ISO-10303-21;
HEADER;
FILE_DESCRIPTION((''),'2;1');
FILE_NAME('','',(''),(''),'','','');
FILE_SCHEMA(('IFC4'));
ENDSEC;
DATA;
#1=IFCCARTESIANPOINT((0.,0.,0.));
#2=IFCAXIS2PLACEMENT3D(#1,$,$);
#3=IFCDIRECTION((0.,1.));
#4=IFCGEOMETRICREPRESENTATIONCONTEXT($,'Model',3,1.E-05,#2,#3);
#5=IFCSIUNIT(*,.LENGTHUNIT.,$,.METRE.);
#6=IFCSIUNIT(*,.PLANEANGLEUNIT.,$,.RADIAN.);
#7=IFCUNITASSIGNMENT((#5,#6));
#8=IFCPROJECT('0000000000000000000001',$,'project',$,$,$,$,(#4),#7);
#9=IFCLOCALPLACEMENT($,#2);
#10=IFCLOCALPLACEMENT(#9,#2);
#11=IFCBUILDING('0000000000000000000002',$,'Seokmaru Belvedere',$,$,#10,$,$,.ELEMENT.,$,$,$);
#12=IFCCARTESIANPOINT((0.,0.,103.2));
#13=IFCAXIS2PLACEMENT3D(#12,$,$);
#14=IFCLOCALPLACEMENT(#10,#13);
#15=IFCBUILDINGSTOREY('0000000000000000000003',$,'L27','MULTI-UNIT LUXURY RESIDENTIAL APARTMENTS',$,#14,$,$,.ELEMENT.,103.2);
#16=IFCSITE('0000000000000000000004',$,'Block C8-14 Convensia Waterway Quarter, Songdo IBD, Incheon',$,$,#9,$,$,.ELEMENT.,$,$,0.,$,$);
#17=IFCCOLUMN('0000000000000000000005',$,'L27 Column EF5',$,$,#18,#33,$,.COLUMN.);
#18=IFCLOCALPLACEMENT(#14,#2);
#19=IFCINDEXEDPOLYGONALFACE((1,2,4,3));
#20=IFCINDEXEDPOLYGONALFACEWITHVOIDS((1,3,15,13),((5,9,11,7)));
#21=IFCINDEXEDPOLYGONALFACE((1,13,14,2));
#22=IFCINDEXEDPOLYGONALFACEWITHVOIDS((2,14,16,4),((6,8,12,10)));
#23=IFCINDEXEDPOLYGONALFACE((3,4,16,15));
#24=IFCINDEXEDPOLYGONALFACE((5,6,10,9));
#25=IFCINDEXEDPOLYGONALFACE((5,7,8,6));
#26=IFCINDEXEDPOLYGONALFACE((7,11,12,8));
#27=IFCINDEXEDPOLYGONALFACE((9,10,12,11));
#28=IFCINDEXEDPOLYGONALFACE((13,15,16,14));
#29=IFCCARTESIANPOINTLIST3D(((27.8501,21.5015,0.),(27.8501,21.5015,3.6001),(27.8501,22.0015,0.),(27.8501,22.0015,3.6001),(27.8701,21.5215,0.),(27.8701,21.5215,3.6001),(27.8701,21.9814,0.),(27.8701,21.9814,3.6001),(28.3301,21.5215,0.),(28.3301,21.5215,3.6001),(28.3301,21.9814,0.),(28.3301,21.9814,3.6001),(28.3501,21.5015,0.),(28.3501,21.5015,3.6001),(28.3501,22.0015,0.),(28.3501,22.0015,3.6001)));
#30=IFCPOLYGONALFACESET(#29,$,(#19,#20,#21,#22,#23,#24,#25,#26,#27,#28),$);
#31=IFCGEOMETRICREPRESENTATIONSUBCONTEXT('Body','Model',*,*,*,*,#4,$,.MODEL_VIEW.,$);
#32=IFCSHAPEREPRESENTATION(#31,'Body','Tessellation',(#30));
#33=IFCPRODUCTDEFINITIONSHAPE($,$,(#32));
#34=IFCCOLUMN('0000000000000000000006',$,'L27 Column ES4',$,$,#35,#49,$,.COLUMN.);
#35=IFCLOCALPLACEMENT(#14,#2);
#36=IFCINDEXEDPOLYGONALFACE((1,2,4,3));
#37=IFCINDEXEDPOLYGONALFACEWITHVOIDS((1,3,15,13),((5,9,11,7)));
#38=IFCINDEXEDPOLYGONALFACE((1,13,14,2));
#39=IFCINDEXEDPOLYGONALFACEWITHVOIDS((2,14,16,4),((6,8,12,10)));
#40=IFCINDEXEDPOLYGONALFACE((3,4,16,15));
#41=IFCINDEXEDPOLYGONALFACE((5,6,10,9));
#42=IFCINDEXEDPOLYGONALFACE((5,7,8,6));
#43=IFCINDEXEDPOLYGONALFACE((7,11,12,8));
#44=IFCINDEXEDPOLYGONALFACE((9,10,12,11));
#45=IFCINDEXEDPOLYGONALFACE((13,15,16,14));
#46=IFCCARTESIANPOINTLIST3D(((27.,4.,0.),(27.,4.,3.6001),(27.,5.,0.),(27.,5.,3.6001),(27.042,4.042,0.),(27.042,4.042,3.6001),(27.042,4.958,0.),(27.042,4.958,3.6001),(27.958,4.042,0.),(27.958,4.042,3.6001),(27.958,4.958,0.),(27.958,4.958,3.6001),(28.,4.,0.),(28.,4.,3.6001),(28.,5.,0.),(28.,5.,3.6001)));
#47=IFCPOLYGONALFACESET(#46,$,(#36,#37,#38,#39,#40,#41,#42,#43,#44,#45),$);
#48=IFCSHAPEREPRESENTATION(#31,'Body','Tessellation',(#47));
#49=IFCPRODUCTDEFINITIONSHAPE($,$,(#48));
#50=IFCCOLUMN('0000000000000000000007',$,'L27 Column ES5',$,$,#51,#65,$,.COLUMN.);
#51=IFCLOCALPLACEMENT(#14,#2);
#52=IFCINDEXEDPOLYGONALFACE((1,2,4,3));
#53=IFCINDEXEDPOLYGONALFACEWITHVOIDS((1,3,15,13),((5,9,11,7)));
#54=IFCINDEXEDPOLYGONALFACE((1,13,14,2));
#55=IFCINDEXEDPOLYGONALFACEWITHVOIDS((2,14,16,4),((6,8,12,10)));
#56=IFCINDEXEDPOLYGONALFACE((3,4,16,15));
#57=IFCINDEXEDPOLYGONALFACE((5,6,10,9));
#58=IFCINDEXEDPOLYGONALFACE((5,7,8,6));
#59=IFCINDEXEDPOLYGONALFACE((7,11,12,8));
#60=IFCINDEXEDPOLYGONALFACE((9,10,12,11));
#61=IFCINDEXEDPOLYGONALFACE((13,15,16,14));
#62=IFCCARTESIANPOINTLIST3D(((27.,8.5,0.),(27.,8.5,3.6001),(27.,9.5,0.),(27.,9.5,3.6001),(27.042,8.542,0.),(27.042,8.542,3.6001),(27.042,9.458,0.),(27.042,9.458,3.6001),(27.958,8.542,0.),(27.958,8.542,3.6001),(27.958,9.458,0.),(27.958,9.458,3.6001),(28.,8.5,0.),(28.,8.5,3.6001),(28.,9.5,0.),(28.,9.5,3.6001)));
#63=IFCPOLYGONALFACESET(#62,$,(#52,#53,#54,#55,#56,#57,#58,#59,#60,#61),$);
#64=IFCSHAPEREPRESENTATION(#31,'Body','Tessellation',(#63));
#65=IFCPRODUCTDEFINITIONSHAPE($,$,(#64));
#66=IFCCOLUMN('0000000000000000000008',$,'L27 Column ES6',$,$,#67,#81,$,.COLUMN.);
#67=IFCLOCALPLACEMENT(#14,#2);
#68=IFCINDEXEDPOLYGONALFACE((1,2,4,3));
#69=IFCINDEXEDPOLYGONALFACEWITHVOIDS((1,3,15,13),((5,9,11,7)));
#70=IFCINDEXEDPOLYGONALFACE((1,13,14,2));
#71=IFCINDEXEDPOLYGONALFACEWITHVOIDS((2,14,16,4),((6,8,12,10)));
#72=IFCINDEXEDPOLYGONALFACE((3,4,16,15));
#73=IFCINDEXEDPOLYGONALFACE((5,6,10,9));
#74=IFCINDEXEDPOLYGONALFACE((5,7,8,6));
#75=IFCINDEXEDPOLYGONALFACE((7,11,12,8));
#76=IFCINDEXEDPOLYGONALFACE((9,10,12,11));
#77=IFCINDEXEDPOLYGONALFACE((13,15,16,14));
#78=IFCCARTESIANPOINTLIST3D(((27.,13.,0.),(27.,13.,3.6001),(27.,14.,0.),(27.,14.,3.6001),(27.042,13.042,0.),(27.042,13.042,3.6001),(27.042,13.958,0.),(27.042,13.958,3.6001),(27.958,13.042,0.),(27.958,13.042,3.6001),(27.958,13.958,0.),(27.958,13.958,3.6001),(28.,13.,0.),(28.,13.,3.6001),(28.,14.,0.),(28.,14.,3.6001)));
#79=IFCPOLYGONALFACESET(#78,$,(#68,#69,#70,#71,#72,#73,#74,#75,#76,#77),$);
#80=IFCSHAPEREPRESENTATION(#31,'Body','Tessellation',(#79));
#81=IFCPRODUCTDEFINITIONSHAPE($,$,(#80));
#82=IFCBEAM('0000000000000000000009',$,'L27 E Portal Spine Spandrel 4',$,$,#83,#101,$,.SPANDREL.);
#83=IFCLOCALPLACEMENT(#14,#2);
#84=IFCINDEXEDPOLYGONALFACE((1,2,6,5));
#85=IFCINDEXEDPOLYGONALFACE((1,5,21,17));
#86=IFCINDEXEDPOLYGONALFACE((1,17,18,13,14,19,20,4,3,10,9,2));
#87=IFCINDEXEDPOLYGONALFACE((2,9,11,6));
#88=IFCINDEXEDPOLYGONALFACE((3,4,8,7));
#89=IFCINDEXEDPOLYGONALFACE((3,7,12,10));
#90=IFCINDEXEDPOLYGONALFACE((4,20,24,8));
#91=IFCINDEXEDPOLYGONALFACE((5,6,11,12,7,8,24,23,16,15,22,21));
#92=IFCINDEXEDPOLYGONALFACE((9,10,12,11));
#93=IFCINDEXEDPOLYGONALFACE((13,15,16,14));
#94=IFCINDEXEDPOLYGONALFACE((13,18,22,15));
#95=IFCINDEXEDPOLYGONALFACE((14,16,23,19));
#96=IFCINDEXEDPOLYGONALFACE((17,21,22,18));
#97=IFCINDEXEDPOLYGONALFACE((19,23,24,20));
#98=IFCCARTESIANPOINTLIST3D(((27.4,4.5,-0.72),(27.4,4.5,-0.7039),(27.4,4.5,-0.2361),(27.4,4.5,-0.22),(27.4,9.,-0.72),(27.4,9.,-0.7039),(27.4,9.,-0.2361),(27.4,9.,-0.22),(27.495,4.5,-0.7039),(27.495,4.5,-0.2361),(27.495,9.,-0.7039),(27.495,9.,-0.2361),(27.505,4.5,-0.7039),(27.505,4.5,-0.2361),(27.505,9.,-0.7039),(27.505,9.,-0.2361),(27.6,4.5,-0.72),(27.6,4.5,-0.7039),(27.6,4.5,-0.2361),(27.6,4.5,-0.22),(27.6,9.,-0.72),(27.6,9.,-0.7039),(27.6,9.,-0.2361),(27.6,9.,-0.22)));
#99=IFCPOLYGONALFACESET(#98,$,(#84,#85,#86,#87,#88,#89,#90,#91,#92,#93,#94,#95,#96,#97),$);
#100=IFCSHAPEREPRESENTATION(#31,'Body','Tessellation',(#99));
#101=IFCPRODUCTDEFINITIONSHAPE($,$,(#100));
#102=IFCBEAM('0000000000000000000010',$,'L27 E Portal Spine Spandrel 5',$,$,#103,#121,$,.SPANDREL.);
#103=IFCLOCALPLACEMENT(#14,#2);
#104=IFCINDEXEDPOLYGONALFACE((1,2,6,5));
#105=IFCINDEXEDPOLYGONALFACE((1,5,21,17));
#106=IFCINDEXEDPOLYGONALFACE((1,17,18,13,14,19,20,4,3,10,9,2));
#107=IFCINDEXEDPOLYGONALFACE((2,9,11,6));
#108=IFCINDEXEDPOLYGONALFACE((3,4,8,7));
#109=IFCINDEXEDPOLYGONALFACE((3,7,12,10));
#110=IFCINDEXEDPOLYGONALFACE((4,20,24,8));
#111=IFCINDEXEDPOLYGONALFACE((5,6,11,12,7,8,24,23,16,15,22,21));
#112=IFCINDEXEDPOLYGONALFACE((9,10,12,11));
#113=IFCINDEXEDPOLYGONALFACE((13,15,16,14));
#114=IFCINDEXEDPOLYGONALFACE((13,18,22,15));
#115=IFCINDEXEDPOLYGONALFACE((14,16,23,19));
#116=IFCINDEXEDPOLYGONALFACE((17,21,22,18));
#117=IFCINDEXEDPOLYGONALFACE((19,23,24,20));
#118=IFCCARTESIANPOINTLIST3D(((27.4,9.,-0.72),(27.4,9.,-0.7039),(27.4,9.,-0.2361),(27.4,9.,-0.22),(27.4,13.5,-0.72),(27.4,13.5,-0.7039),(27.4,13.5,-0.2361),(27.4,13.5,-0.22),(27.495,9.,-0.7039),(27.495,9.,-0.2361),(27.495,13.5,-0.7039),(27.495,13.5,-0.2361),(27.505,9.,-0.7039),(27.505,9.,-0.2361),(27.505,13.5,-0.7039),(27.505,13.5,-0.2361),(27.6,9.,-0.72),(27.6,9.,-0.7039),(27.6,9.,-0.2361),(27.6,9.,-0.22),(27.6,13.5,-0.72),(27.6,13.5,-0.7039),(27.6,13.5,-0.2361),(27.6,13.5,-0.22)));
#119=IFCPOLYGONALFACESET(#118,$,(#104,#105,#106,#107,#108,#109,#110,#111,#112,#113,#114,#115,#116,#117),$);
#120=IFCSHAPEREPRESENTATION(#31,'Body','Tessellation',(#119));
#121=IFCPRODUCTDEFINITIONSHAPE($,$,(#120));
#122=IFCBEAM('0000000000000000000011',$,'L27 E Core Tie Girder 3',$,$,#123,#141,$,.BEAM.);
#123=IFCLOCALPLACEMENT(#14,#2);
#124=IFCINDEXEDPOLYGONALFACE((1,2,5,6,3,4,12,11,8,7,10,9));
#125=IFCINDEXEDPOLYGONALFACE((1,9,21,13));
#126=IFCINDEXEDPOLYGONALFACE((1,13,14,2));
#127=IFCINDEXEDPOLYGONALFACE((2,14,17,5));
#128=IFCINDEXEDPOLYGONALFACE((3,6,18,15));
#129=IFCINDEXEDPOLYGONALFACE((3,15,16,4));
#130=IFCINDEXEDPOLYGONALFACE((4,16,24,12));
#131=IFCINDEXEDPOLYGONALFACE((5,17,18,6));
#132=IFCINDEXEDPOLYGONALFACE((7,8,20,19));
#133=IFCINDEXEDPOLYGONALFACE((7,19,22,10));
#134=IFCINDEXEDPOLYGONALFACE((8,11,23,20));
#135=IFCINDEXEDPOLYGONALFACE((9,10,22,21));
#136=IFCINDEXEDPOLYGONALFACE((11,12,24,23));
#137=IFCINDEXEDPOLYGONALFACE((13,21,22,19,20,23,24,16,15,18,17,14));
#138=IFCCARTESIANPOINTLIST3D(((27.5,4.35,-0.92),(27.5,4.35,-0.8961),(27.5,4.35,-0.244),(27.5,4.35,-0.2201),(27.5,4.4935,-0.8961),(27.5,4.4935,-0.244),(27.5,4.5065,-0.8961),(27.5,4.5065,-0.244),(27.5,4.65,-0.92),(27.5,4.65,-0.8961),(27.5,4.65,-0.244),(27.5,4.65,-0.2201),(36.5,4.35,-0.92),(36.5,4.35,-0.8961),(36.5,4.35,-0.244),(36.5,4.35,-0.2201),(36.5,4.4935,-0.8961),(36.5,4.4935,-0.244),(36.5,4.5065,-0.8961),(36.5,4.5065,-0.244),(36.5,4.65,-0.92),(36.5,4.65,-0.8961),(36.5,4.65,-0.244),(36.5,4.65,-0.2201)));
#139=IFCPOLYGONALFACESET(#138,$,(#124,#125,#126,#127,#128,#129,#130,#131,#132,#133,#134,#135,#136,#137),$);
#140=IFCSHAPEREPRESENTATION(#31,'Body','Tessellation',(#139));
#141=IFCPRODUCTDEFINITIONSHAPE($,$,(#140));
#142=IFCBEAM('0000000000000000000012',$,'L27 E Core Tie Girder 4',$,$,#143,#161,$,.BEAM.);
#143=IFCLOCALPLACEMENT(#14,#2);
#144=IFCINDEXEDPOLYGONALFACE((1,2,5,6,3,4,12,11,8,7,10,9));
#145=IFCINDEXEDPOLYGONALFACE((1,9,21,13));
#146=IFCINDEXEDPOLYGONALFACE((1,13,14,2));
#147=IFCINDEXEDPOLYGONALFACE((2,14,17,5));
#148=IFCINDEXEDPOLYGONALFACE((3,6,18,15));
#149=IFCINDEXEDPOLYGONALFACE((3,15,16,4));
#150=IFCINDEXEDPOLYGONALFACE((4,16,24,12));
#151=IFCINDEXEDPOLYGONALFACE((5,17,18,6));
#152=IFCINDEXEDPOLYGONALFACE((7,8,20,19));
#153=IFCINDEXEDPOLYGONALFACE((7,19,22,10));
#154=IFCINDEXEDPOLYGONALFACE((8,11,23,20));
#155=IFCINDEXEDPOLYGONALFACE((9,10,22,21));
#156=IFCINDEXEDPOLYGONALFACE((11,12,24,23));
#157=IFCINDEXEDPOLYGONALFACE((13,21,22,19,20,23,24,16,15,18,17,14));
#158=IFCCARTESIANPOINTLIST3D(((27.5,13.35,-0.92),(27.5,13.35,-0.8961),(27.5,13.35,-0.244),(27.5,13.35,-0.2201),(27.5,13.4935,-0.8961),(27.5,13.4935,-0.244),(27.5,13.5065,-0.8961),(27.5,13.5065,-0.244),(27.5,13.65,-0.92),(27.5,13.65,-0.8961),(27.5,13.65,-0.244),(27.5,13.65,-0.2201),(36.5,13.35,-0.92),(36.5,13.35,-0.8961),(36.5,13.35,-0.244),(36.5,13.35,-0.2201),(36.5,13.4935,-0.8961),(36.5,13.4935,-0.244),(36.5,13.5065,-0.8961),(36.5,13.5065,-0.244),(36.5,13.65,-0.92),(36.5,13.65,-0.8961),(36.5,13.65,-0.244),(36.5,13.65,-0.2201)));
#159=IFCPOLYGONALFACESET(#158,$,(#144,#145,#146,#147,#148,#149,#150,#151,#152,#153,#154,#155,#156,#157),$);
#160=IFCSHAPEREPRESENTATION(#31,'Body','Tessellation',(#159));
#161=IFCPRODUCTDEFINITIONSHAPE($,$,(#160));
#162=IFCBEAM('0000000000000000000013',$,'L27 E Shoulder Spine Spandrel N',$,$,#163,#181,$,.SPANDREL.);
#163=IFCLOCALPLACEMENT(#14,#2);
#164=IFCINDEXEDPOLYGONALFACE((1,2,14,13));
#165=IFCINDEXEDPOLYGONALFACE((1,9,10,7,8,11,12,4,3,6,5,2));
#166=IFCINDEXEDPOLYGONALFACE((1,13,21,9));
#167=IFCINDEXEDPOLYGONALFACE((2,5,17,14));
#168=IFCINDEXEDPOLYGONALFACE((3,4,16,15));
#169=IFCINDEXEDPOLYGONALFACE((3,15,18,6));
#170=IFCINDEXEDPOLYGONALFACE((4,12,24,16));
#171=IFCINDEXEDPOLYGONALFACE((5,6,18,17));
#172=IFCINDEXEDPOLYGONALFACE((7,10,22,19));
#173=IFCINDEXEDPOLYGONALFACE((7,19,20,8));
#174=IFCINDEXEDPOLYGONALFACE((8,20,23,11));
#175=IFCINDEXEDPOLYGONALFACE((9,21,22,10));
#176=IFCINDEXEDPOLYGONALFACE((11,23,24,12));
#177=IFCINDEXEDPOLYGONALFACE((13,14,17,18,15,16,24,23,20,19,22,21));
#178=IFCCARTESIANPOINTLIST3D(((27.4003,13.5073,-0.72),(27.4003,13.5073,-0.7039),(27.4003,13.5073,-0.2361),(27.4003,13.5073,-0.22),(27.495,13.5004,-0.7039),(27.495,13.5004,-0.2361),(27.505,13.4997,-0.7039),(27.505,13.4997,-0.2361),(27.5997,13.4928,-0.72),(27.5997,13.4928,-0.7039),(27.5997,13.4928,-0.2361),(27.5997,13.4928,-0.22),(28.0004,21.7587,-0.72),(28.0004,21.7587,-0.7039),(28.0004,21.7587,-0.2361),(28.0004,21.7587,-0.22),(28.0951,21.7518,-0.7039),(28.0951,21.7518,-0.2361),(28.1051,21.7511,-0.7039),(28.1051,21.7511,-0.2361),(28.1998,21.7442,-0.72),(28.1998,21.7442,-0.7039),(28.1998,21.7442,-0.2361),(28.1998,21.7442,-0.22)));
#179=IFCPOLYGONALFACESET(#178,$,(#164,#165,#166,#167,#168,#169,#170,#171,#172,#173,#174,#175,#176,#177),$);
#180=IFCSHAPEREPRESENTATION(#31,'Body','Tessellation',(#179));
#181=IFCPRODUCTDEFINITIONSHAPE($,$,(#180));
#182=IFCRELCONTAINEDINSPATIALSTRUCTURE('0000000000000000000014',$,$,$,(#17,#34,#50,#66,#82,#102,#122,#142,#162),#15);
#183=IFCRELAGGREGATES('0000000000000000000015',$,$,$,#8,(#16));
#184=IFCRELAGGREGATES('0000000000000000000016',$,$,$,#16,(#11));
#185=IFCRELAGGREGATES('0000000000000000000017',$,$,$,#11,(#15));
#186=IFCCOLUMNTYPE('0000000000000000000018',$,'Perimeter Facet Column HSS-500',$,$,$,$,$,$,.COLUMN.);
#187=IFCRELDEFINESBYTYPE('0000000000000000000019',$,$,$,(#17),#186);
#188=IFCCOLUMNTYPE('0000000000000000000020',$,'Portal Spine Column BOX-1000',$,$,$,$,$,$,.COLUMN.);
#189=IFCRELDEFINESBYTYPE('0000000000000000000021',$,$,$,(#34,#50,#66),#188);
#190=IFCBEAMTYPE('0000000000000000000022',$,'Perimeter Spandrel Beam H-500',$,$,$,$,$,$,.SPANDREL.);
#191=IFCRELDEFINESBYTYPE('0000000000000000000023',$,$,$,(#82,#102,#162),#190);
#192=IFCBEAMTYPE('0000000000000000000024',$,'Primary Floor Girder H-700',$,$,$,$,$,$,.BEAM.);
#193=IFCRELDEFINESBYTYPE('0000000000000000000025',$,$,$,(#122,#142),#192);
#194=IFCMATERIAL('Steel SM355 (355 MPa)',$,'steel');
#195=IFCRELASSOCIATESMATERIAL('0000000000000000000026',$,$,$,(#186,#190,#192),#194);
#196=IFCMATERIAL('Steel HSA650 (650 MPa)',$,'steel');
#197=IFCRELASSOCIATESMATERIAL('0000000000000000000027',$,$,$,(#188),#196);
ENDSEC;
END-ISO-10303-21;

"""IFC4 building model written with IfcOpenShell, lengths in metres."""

from ifc_helpers import new_model, si_unit, direction, frame, origin, origin_2d, place, context, subcontext, project, spatial, hollow_rectangle, i_section, extrude, source, transform, mapped, material, material_profile, profile_set, type_object, type_shapes, element, save


model = new_model("IFC4")

# Units and contexts
model_context = context("Model", 3, precision=1e-05, world=origin(), true_north=direction((0.0, 1.0)))
body_context = subcontext(model_context, "Body", "Model", "MODEL_VIEW")
ifc_project = project(units=[si_unit("LENGTHUNIT", "METRE"), si_unit("PLANEANGLEUNIT", "RADIAN")], contexts=[model_context])

# Site, building, storey
site_placement = place(None, origin())
site = spatial("IfcSite", under=ifc_project, at=site_placement, Name="Block C8-14 Convensia Waterway Quarter, Songdo IBD, Incheon", CompositionType="ELEMENT", RefElevation=0.0)
building_placement = place(site_placement, origin())
building = spatial("IfcBuilding", under=site, at=building_placement, Name="Seokmaru Belvedere", CompositionType="ELEMENT")
storey_placement = place(building_placement, frame((0.0, 0.0, 103.2)))
storey = spatial("IfcBuildingStorey", under=building, at=storey_placement, Name="L27", Description="MULTI-UNIT LUXURY RESIDENTIAL APARTMENTS", CompositionType="ELEMENT", Elevation=103.2)

# Columns
ifc_material_1 = material(Name="Steel SM355 (355 MPa)", Category="steel")
ifc_material_profile_1 = material_profile(ifc_material_1, hollow_rectangle(XDim=0.5, YDim=0.5, WallThickness=0.02, at=origin_2d()), Name="HSS-500x500x20")
ifc_profile_set_1 = profile_set([ifc_material_profile_1], Name="Steel SM355 (355 MPa)")
column_type_1 = type_object("IfcColumnType", Name="Perimeter Facet Column HSS-500", PredefinedType="COLUMN", material=ifc_profile_set_1)
shared_shape_1 = source(origin(), body_context, "Body", "SweptSolid", [
    extrude(hollow_rectangle(XDim=0.5, YDim=0.5, WallThickness=0.02, at=origin_2d()), origin(), (0.0, 0.0, 1.0), 3.6001),
])
type_shapes(column_type_1, [shared_shape_1])
column_placement = place(storey_placement, frame((28.1001, 21.7515, 0.0), z_axis=(0.0, 0.0, 1.0), x_axis=(1.0, 0.0, 0.0)))
element("IfcColumn", 1, at=column_placement, inside=storey, type_object=column_type_1, Name="L27 Column EF5", PredefinedType="COLUMN", context=body_context, shape_type="MappedRepresentation", body=[
    mapped(shared_shape_1, transform((0.0, 0.0, 0.0), scale=1.0)),
])
ifc_material_2 = material(Name="Steel HSA650 (650 MPa)", Category="steel")
ifc_material_profile_2 = material_profile(ifc_material_2, hollow_rectangle(XDim=1.0, YDim=1.0, WallThickness=0.042, at=origin_2d()), Name="BOX-1000x1000x42")
ifc_profile_set_2 = profile_set([ifc_material_profile_2], Name="Steel HSA650 (650 MPa)")
column_type_2 = type_object("IfcColumnType", Name="Portal Spine Column BOX-1000", PredefinedType="COLUMN", material=ifc_profile_set_2)
shared_shape_2 = source(origin(), body_context, "Body", "SweptSolid", [
    extrude(hollow_rectangle(XDim=1.0, YDim=1.0, WallThickness=0.042, at=origin_2d()), origin(), (0.0, 0.0, 1.0), 3.6001),
])
type_shapes(column_type_2, [shared_shape_2])
for number, where, z_axis, x_axis, name in (
    (2, (27.5, 4.5, 0.0), (0.0, 0.0, 1.0), (1.0, 0.0, 0.0), "L27 Column ES4"),
    (3, (27.5, 9.0, 0.0), (0.0, 0.0, 1.0), (1.0, 0.0, 0.0), "L27 Column ES5"),
    (4, (27.5, 13.5, 0.0), (0.0, 0.0, 1.0), (1.0, 0.0, 0.0), "L27 Column ES6"),
):
    element("IfcColumn", number, at=place(storey_placement, frame(where, z_axis=z_axis, x_axis=x_axis)), inside=storey, type_object=column_type_2, Name=name, PredefinedType="COLUMN", context=body_context, shape_type="MappedRepresentation", body=[
        mapped(shared_shape_2, transform((0.0, 0.0, 0.0), scale=1.0)),
    ])

# Beams
ifc_material_profile_3 = material_profile(ifc_material_1, i_section(OverallWidth=0.2, OverallDepth=0.5, WebThickness=0.01, FlangeThickness=0.0161, at=origin_2d()), Name="H-500x200x10x16")
ifc_profile_set_3 = profile_set([ifc_material_profile_3], Name="Steel SM355 (355 MPa)")
beam_type_1 = type_object("IfcBeamType", Name="Perimeter Spandrel Beam H-500", PredefinedType="SPANDREL", material=ifc_profile_set_3)
shared_shape_3 = source(origin(), body_context, "Body", "SweptSolid", [
    extrude(i_section(OverallWidth=0.2, OverallDepth=0.5, WebThickness=0.01, FlangeThickness=0.0161, at=origin_2d()), origin(), (0.0, 0.0, 1.0), 4.5),
])
for number, where, z_axis, x_axis, name in (
    (5, (27.5, 4.5, -0.47), (0.0, 1.0, 0.0), (-1.0, 0.0, 0.0), "L27 E Portal Spine Spandrel 4"),
    (6, (27.5, 9.0, -0.47), (0.0, 1.0, 0.0), (-1.0, 0.0, 0.0), "L27 E Portal Spine Spandrel 5"),
):
    element("IfcBeam", number, at=place(storey_placement, frame(where, z_axis=z_axis, x_axis=x_axis)), inside=storey, type_object=beam_type_1, Name=name, PredefinedType="SPANDREL", context=body_context, shape_type="MappedRepresentation", body=[
        mapped(shared_shape_3, transform((0.0, 0.0, 0.0), scale=1.0)),
    ])
ifc_material_profile_4 = material_profile(ifc_material_1, i_section(OverallWidth=0.3, OverallDepth=0.7, WebThickness=0.0129, FlangeThickness=0.0239, at=origin_2d()), Name="H-700x300x13x24")
ifc_profile_set_4 = profile_set([ifc_material_profile_4], Name="Steel SM355 (355 MPa)")
beam_type_2 = type_object("IfcBeamType", Name="Primary Floor Girder H-700", PredefinedType="BEAM", material=ifc_profile_set_4)
shared_shape_4 = source(origin(), body_context, "Body", "SweptSolid", [
    extrude(i_section(OverallWidth=0.3, OverallDepth=0.7, WebThickness=0.0129, FlangeThickness=0.0239, at=origin_2d()), origin(), (0.0, 0.0, 1.0), 9.0),
])
type_shapes(beam_type_2, [shared_shape_4])
for number, where, z_axis, x_axis, name in (
    (7, (27.5, 4.5, -0.5701), (1.0, 0.0, 0.0), (0.0, 1.0, 0.0), "L27 E Core Tie Girder 3"),
    (8, (27.5, 13.5, -0.5701), (1.0, 0.0, 0.0), (0.0, 1.0, 0.0), "L27 E Core Tie Girder 4"),
):
    element("IfcBeam", number, at=place(storey_placement, frame(where, z_axis=z_axis, x_axis=x_axis)), inside=storey, type_object=beam_type_2, Name=name, PredefinedType="BEAM", context=body_context, shape_type="MappedRepresentation", body=[
        mapped(shared_shape_4, transform((0.0, 0.0, 0.0), scale=1.0)),
    ])
shared_shape_5 = source(origin(), body_context, "Body", "SweptSolid", [
    extrude(i_section(OverallWidth=0.2, OverallDepth=0.5, WebThickness=0.01, FlangeThickness=0.0161, at=origin_2d()), origin(), (0.0, 0.0, 1.0), 8.2732),
])
type_shapes(beam_type_1, [shared_shape_3, shared_shape_5])
beam_placement = place(storey_placement, frame((28.1001, 21.7515, -0.47), z_axis=(-0.072535, -0.997366, 0.0), x_axis=(0.997366, -0.072535, 0.0)))
element("IfcBeam", 9, at=beam_placement, inside=storey, type_object=beam_type_1, Name="L27 E Shoulder Spine Spandrel N", PredefinedType="SPANDREL", context=body_context, shape_type="MappedRepresentation", body=[
    mapped(shared_shape_5, transform((0.0, 0.0, 0.0), scale=1.0)),
])

save(model, "model.ifc")
